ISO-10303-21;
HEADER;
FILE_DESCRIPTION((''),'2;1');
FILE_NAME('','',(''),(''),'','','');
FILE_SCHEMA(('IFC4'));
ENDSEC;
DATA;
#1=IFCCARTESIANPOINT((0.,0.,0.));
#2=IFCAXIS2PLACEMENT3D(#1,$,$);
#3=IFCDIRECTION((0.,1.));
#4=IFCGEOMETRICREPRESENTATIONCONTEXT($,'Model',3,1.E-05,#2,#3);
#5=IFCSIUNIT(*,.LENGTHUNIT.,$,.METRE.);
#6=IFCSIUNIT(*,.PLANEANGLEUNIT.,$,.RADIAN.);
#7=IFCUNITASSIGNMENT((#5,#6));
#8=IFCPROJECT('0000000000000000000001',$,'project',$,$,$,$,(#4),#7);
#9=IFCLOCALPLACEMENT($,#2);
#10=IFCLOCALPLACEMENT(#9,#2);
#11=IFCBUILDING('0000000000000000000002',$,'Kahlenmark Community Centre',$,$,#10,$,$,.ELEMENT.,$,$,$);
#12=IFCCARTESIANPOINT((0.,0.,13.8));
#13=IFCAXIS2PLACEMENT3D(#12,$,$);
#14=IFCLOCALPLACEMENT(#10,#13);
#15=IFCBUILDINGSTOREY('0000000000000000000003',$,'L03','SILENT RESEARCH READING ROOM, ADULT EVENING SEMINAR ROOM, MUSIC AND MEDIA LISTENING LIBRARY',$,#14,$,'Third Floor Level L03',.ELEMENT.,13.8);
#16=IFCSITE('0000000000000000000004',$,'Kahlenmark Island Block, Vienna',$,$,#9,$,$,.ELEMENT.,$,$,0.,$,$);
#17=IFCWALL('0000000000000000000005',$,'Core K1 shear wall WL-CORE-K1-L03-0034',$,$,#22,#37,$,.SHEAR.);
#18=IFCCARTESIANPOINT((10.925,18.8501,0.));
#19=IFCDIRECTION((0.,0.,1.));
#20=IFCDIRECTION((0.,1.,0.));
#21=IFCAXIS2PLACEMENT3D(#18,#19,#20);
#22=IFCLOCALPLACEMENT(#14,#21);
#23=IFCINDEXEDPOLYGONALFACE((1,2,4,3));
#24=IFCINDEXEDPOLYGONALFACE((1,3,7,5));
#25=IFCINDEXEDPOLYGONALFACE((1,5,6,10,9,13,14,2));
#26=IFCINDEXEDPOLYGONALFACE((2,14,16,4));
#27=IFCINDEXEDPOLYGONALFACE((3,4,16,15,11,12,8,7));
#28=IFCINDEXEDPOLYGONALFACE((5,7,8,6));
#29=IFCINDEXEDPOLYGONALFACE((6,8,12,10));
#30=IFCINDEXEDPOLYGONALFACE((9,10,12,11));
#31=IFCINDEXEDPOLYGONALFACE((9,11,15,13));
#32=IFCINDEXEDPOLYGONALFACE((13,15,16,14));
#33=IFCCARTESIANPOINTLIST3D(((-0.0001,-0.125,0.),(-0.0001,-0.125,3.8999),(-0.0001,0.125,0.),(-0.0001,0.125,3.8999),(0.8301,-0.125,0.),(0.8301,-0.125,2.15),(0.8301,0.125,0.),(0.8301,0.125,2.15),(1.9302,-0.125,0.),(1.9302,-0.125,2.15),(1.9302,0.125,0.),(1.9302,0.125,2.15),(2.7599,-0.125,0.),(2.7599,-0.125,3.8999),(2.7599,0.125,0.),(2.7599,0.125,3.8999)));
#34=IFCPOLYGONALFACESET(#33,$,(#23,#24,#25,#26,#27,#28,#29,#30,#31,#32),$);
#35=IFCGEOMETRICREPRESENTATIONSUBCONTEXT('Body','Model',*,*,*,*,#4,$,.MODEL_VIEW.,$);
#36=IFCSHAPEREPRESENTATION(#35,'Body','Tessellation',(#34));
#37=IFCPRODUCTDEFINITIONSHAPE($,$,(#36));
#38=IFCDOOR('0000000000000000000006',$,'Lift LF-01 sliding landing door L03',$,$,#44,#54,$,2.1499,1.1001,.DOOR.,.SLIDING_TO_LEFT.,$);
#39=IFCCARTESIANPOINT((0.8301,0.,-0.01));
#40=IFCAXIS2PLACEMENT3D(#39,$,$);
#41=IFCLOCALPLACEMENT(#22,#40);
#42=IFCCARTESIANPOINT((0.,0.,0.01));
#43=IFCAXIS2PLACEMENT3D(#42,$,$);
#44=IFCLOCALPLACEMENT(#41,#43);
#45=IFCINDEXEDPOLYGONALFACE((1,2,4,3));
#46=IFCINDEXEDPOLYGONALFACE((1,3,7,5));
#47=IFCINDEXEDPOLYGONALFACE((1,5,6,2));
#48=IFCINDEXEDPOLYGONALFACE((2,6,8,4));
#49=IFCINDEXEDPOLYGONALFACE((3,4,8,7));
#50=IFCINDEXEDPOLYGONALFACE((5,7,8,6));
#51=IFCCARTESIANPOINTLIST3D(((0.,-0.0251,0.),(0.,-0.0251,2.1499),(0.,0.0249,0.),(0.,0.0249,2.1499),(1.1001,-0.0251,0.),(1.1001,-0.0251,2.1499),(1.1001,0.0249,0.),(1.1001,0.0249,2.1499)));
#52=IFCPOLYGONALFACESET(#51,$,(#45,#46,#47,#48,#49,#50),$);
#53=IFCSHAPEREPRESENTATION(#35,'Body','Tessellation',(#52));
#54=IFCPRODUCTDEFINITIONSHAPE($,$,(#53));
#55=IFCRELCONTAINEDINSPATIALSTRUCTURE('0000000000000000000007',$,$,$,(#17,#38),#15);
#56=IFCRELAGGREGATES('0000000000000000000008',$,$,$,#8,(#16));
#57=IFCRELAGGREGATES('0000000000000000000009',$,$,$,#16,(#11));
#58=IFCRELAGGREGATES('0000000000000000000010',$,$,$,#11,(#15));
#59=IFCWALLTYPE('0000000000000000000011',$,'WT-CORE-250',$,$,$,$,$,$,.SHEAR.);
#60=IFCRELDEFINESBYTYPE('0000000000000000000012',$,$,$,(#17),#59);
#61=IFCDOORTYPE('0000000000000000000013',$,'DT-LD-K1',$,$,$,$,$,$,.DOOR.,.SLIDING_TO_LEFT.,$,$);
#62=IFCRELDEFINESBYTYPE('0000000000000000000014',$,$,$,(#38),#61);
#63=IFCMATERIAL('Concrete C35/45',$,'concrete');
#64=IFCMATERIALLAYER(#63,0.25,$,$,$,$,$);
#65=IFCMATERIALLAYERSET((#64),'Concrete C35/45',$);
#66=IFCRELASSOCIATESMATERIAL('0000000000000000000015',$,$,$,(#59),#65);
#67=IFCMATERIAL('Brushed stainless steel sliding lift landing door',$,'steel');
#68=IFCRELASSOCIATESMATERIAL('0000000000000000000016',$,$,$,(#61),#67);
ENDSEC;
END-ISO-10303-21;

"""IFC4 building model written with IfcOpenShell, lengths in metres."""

from ifc_helpers import new_model, si_unit, direction, frame, frame_2d, origin, place, context, subcontext, project, spatial, rectangle, extrude, material, layer, layer_set, type_object, element, fill, save


model = new_model("IFC4")

# Units and contexts
model_context = context("Model", 3, precision=1e-05, world=origin(), true_north=direction((0.0, 1.0)))
body_context = subcontext(model_context, "Body", "Model", "MODEL_VIEW")
ifc_project = project(units=[si_unit("LENGTHUNIT", "METRE"), si_unit("PLANEANGLEUNIT", "RADIAN")], contexts=[model_context])

# Site, building, storey
site_placement = place(None, origin())
site = spatial("IfcSite", under=ifc_project, at=site_placement, Name="Kahlenmark Island Block, Vienna", CompositionType="ELEMENT", RefElevation=0.0)
building_placement = place(site_placement, origin())
building = spatial("IfcBuilding", under=site, at=building_placement, Name="Kahlenmark Community Centre", CompositionType="ELEMENT")
storey_placement = place(building_placement, frame((0.0, 0.0, 13.8)))
storey = spatial("IfcBuildingStorey", under=building, at=storey_placement, Name="L03", Description="SILENT RESEARCH READING ROOM, ADULT EVENING SEMINAR ROOM, MUSIC AND MEDIA LISTENING LIBRARY", LongName="Third Floor Level L03", CompositionType="ELEMENT", Elevation=13.8)

# Shared definitions
ifc_material_1 = material(Name="Concrete C35/45", Category="concrete")
ifc_layer_1 = layer(ifc_material_1, 0.25)
ifc_layer_set_1 = layer_set([ifc_layer_1], Name="Concrete C35/45")
wall_type_1 = type_object("IfcWallType", Name="WT-CORE-250", PredefinedType="SHEAR", material=ifc_layer_set_1)

# Wall, opening, door
wall_1_placement = place(storey_placement, frame((10.925, 18.8501, 0.0), z_axis=(0.0, 0.0, 1.0), x_axis=(0.0, 1.0, 0.0)))
wall_1 = element("IfcWall", 1, at=wall_1_placement, inside=storey, type_object=wall_type_1, Name="Core K1 shear wall WL-CORE-K1-L03-0034", PredefinedType="SHEAR", context=body_context, shape_type="SweptSolid", body=[
    extrude(rectangle(XDim=2.76, YDim=0.25, at=frame_2d((1.3799, 0.0))), origin(), (0.0, 0.0, 1.0), 3.8999),
])
opening_1_placement = place(wall_1_placement, frame((0.8301, 0.0, -0.01)))
opening_1 = element("IfcOpeningElement", 2, at=opening_1_placement, cuts=wall_1, PredefinedType="OPENING", context=body_context, shape_type="SweptSolid", body=[
    extrude(rectangle(XDim=1.1001, YDim=2.1599, at=frame_2d((0.55, 1.0801))), frame((0.0, 0.135, 0.0), z_axis=(0.0, -1.0, 0.0), x_axis=(1.0, 0.0, 0.0)), (0.0, 0.0, 1.0), 0.27),
])
ifc_material_2 = material(Name="Brushed stainless steel sliding lift landing door", Category="steel")
door_type_1 = type_object("IfcDoorType", Name="DT-LD-K1", OperationType="SLIDING_TO_LEFT", PredefinedType="DOOR", material=ifc_material_2)
door_1_placement = place(opening_1_placement, frame((0.0, 0.0, 0.01)))
door_1 = element("IfcDoor", 3, at=door_1_placement, inside=storey, type_object=door_type_1, Name="Lift LF-01 sliding landing door L03", OperationType="SLIDING_TO_LEFT", OverallHeight=2.1499, OverallWidth=1.1001, PredefinedType="DOOR", context=body_context, shape_type="SweptSolid", body=[
    extrude(rectangle(XDim=1.1001, YDim=2.1499, at=frame_2d((0.55, 1.075))), frame((0.0, 0.0249, 0.0), z_axis=(0.0, -1.0, 0.0), x_axis=(1.0, 0.0, 0.0)), (0.0, 0.0, 1.0), 0.05),
])
fill(opening_1, door_1)

save(model, "model.ifc")
